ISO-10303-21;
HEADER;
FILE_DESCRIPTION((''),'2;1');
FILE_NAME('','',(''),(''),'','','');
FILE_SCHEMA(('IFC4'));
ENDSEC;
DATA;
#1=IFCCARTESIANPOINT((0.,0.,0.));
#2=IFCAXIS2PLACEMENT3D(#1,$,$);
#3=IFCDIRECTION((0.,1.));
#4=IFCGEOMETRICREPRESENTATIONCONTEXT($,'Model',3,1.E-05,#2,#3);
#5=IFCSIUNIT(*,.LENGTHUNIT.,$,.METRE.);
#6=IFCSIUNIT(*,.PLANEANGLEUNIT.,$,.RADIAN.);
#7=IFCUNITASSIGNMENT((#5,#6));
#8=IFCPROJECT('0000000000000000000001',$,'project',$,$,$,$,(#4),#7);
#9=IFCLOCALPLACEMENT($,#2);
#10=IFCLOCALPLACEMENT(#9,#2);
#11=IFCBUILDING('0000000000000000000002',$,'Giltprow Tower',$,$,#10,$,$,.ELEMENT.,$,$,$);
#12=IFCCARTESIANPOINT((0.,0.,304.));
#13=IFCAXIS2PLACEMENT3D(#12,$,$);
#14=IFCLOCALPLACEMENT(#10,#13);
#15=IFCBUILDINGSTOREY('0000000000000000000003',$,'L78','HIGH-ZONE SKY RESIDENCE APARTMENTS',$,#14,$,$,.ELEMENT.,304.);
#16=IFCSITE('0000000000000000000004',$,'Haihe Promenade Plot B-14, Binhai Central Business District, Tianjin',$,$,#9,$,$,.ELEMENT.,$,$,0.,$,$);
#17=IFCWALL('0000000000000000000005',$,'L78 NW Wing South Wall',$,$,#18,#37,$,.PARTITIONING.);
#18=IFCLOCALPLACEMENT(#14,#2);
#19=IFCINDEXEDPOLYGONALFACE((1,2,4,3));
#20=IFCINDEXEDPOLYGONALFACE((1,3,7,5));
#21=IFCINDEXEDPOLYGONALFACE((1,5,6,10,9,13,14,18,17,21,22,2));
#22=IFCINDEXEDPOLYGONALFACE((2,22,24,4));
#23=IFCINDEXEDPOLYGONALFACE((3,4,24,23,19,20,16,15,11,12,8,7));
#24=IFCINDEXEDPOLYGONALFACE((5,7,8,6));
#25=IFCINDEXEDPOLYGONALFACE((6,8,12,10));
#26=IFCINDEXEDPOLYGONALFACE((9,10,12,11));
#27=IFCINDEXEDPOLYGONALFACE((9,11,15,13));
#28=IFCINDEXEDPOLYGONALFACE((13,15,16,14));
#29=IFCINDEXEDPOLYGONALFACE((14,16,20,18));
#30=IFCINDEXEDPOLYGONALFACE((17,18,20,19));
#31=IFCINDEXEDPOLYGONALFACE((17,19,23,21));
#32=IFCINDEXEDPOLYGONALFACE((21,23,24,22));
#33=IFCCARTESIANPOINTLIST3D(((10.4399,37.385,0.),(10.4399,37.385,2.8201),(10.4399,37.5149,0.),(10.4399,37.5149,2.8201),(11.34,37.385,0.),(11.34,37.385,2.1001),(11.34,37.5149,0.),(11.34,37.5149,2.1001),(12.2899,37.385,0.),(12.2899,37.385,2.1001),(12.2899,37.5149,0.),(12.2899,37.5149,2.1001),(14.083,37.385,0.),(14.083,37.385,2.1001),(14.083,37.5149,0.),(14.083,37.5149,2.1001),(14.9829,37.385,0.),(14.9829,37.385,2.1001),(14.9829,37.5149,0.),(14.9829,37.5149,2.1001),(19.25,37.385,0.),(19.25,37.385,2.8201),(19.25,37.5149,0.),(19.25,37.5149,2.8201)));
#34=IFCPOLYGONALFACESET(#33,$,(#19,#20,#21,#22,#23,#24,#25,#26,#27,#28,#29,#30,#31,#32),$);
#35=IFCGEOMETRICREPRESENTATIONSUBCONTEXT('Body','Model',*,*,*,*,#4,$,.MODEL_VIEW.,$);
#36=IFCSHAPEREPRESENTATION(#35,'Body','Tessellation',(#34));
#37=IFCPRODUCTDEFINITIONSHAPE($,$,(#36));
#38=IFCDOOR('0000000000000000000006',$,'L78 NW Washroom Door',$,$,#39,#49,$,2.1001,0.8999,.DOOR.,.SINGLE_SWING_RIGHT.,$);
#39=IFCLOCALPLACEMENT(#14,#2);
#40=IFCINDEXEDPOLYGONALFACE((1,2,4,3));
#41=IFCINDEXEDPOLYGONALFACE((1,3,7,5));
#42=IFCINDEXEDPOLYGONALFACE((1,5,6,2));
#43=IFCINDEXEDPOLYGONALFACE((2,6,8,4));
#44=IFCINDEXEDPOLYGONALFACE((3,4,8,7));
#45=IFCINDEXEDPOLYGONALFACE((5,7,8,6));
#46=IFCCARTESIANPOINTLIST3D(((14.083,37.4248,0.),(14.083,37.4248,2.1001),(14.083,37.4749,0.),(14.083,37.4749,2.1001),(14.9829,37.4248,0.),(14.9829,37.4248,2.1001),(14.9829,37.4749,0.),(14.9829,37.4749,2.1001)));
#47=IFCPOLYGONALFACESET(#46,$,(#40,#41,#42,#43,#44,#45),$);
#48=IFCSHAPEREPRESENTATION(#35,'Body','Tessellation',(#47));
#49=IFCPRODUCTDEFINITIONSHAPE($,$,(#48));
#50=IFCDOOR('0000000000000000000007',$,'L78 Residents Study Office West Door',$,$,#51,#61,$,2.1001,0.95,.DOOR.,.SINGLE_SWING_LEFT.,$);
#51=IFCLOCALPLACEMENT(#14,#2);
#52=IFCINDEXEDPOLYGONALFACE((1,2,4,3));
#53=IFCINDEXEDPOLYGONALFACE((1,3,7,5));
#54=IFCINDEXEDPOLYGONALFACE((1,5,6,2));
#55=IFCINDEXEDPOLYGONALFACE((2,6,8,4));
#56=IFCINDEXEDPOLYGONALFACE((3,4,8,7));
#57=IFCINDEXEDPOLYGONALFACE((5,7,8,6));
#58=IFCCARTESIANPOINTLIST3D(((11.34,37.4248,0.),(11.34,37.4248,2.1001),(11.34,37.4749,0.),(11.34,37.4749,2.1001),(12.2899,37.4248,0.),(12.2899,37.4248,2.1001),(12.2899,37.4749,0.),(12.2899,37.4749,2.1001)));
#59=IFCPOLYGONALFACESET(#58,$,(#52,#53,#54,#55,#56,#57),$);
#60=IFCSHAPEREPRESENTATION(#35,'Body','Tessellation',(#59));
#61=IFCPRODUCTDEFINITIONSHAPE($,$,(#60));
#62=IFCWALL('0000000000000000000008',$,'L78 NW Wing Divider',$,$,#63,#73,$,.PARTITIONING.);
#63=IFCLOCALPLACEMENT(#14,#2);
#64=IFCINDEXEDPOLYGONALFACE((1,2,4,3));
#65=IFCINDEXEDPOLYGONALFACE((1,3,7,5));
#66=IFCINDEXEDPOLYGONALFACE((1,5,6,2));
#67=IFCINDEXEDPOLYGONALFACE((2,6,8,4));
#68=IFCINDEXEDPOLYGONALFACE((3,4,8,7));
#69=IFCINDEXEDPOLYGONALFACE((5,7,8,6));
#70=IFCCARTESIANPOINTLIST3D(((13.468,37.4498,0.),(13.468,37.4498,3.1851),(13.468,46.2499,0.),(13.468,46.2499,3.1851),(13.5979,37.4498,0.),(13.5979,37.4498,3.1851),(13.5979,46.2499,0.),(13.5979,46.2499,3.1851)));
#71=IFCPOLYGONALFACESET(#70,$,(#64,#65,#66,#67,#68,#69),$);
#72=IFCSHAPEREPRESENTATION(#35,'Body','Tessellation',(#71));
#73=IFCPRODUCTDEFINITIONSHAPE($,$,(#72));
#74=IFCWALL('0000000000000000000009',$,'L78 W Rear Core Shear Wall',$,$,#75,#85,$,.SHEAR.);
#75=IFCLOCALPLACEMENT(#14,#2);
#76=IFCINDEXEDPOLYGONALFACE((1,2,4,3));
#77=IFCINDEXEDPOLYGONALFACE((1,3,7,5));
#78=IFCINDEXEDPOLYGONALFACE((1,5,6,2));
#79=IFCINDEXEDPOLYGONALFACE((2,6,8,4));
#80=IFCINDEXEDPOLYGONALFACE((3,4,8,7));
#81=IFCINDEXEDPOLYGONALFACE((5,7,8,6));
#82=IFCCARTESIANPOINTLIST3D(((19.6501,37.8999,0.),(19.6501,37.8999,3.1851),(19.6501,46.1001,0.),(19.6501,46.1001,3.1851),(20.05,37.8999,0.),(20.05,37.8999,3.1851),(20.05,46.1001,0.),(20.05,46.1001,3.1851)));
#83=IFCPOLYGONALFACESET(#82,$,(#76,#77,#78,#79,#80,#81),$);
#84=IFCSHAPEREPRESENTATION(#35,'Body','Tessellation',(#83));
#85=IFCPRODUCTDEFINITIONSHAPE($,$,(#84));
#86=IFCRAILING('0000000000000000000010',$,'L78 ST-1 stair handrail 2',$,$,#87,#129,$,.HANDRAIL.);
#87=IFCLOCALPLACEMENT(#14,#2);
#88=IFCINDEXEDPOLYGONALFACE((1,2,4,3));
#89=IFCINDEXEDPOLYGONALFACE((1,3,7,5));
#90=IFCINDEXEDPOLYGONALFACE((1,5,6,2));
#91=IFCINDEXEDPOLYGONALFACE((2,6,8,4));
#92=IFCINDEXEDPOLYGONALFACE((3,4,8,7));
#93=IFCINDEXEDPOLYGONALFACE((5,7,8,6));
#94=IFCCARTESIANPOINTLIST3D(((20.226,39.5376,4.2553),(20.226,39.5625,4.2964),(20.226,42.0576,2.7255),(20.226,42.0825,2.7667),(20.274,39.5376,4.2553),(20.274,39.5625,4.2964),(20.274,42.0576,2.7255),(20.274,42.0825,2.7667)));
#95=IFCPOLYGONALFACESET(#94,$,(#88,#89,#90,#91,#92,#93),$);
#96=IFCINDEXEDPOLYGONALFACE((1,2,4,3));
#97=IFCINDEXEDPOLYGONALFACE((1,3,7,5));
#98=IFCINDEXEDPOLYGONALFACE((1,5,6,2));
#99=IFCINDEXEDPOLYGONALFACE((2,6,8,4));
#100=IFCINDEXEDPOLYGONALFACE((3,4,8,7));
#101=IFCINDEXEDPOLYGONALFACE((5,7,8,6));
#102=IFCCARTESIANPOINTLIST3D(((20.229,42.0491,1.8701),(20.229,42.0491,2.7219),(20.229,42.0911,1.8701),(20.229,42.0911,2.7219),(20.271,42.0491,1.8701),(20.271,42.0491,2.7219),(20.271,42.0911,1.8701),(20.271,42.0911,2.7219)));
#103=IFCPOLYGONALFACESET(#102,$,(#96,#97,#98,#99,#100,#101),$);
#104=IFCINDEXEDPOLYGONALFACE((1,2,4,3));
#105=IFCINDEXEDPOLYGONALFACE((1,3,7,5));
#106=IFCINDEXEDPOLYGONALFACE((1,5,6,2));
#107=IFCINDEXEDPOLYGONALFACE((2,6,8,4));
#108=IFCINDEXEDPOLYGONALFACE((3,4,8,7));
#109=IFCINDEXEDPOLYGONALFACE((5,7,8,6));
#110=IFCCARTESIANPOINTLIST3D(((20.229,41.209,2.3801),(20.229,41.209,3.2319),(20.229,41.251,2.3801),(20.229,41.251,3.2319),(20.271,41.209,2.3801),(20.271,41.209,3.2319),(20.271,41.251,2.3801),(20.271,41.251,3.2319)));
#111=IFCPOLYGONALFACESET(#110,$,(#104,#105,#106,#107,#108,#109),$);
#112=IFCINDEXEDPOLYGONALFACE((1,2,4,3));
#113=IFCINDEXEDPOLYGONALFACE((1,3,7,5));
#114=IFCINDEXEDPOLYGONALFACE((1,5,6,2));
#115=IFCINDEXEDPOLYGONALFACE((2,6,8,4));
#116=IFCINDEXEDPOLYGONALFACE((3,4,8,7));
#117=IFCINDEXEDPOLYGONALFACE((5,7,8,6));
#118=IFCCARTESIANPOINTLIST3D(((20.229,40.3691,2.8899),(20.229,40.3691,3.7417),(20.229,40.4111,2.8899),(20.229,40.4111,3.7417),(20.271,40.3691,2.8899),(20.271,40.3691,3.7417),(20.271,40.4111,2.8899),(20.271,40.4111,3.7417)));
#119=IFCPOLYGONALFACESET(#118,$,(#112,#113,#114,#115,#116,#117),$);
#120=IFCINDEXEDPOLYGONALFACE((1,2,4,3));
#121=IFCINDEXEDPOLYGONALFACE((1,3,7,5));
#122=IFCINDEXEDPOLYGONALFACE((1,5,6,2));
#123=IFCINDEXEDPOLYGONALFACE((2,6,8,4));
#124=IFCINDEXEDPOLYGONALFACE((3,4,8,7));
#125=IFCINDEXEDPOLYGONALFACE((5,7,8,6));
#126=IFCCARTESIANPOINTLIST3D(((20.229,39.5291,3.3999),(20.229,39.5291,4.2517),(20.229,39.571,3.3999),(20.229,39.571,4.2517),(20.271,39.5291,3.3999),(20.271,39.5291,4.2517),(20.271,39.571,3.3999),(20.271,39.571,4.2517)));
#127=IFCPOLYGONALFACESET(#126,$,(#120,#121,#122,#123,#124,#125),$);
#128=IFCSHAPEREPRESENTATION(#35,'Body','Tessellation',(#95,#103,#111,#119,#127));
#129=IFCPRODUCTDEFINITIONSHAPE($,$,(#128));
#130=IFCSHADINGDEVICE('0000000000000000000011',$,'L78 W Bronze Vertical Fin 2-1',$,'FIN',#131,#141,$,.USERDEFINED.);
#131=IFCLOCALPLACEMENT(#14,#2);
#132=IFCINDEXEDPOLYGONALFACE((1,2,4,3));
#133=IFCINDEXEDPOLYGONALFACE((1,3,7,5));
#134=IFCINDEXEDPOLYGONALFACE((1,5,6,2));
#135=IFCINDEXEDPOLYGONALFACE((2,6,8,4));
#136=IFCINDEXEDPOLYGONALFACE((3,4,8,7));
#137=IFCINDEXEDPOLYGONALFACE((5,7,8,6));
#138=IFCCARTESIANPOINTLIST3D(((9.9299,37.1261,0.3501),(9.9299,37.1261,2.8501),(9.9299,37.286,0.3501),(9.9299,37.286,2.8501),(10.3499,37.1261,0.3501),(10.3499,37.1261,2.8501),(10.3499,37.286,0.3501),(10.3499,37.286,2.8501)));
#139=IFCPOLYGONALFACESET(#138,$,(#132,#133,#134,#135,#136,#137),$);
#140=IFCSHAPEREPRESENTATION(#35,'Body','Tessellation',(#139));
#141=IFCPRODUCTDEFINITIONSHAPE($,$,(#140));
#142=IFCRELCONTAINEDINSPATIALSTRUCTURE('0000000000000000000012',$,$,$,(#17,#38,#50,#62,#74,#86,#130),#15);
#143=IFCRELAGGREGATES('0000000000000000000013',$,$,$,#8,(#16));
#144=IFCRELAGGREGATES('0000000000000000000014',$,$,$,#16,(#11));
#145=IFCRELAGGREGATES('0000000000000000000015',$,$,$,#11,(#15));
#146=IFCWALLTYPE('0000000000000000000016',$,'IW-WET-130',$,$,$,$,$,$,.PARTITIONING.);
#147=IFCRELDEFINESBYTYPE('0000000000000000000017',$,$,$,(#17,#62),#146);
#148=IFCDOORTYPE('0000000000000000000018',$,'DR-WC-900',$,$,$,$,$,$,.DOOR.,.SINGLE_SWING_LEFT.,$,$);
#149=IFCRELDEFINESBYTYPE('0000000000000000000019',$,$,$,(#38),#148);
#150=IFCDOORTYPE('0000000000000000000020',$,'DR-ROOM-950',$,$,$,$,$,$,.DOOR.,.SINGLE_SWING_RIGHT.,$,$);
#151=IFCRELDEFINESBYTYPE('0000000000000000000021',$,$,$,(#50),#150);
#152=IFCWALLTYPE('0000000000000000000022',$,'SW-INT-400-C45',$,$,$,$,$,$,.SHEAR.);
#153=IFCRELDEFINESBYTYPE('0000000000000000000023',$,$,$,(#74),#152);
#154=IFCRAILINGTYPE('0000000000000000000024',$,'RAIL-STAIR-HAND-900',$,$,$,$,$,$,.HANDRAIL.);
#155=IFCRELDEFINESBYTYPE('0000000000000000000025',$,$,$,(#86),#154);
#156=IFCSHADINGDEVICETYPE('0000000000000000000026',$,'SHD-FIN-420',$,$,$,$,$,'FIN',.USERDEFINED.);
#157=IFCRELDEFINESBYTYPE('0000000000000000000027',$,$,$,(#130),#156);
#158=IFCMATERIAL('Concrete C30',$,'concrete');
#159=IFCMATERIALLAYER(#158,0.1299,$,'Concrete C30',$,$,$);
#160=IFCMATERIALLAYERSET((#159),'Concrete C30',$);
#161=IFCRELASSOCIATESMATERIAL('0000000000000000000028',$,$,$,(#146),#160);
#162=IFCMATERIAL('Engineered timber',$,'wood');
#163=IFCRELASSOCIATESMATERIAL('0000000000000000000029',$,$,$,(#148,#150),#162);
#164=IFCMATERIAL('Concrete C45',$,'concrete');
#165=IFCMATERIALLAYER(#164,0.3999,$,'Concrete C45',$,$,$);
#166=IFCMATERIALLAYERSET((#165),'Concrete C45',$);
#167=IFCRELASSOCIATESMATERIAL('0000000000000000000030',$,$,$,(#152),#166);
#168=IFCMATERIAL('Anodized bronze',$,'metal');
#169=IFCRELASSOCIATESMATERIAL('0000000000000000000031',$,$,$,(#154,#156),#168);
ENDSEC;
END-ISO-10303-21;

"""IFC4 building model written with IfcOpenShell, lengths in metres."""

from ifc_helpers import new_model, si_unit, direction, frame, frame_2d, origin, origin_2d, place, context, subcontext, project, spatial, rectangle, extrude, source, transform, mapped, material, layer, layer_set, type_object, element, fill, save


model = new_model("IFC4")

# Units and contexts
model_context = context("Model", 3, precision=1e-05, world=origin(), true_north=direction((0.0, 1.0)))
body_context = subcontext(model_context, "Body", "Model", "MODEL_VIEW")
ifc_project = project(units=[si_unit("LENGTHUNIT", "METRE"), si_unit("PLANEANGLEUNIT", "RADIAN")], contexts=[model_context])

# Site, building, storey
site_placement = place(None, origin())
site = spatial("IfcSite", under=ifc_project, at=site_placement, Name="Haihe Promenade Plot B-14, Binhai Central Business District, Tianjin", CompositionType="ELEMENT", RefElevation=0.0)
building_placement = place(site_placement, origin())
building = spatial("IfcBuilding", under=site, at=building_placement, Name="Giltprow Tower", CompositionType="ELEMENT")
storey_placement = place(building_placement, frame((0.0, 0.0, 304.0)))
storey = spatial("IfcBuildingStorey", under=building, at=storey_placement, Name="L78", Description="HIGH-ZONE SKY RESIDENCE APARTMENTS", CompositionType="ELEMENT", Elevation=304.0)

# Shared definitions
ifc_material_1 = material(Name="Concrete C45", Category="concrete")

# Shared definitions
ifc_material_2 = material(Name="Engineered timber", Category="wood")

# Wall, openings, doors
ifc_material_3 = material(Name="Concrete C30", Category="concrete")
ifc_layer_1 = layer(ifc_material_3, 0.1299, Name="Concrete C30")
ifc_layer_set_1 = layer_set([ifc_layer_1], Name="Concrete C30")
wall_type_1 = type_object("IfcWallType", Name="IW-WET-130", PredefinedType="PARTITIONING", material=ifc_layer_set_1)
wall_1_placement = place(storey_placement, frame((10.4399, 37.45, 0.0), z_axis=(0.0, 0.0, 1.0), x_axis=(1.0, 0.0, 0.0)))
wall_1 = element("IfcWall", 1, at=wall_1_placement, inside=storey, type_object=wall_type_1, Name="L78 NW Wing South Wall", PredefinedType="PARTITIONING", context=body_context, shape_type="SweptSolid", body=[
    extrude(rectangle(XDim=8.8101, YDim=0.1299, at=frame_2d((4.405, 0.0))), origin(), (0.0, 0.0, 1.0), 2.8201),
])
opening_1_placement = place(wall_1_placement, frame((0.8999, 0.0, 0.0)))
opening_1 = element("IfcOpeningElement", 2, at=opening_1_placement, cuts=wall_1, PredefinedType="OPENING", context=body_context, shape_type="SweptSolid", body=[
    extrude(rectangle(XDim=0.95, YDim=2.1001, at=frame_2d((0.4751, 1.05))), frame((0.0, 0.075, 0.0), z_axis=(0.0, -1.0, 0.0), x_axis=(1.0, 0.0, 0.0)), (0.0, 0.0, 1.0), 0.1499),
])
opening_2_placement = place(wall_1_placement, frame((3.6431, 0.0, 0.0)))
opening_2 = element("IfcOpeningElement", 3, at=opening_2_placement, cuts=wall_1, PredefinedType="OPENING", context=body_context, shape_type="SweptSolid", body=[
    extrude(rectangle(XDim=0.8999, YDim=2.1001, at=frame_2d((0.45, 1.05))), frame((0.0, 0.075, 0.0), z_axis=(0.0, -1.0, 0.0), x_axis=(1.0, 0.0, 0.0)), (0.0, 0.0, 1.0), 0.1499),
])
door_type_1 = type_object("IfcDoorType", Name="DR-WC-900", OperationType="SINGLE_SWING_LEFT", PredefinedType="DOOR", material=ifc_material_2)
shared_shape_1 = source(origin(), body_context, "Body", "SweptSolid", [
    extrude(rectangle(XDim=0.8999, YDim=2.1001, at=frame_2d((0.45, 1.05))), frame((0.0, 0.0249, 0.0), z_axis=(0.0, -1.0, 0.0), x_axis=(1.0, 0.0, 0.0)), (0.0, 0.0, 1.0), 0.05),
])
door_1_placement = place(opening_2_placement, origin())
door_1 = element("IfcDoor", 4, at=door_1_placement, inside=storey, type_object=door_type_1, Name="L78 NW Washroom Door", OperationType="SINGLE_SWING_RIGHT", OverallHeight=2.1001, OverallWidth=0.8999, PredefinedType="DOOR", context=body_context, shape_type="MappedRepresentation", body=[
    mapped(shared_shape_1, transform((0.0, 0.0, 0.0), x_axis=(1.0, 0.0, 0.0), y_axis=(0.0, 1.0, 0.0), z_axis=(0.0, 0.0, 1.0), scale=1.0)),
])
fill(opening_2, door_1)
door_type_2 = type_object("IfcDoorType", Name="DR-ROOM-950", OperationType="SINGLE_SWING_RIGHT", PredefinedType="DOOR", material=ifc_material_2)
shared_shape_2 = source(origin(), body_context, "Body", "SweptSolid", [
    extrude(rectangle(XDim=0.95, YDim=2.1001, at=frame_2d((0.4751, 1.05))), frame((0.0, 0.0249, 0.0), z_axis=(0.0, -1.0, 0.0), x_axis=(1.0, 0.0, 0.0)), (0.0, 0.0, 1.0), 0.05),
])
door_2_placement = place(opening_1_placement, origin())
door_2 = element("IfcDoor", 5, at=door_2_placement, inside=storey, type_object=door_type_2, Name="L78 Residents Study Office West Door", OperationType="SINGLE_SWING_LEFT", OverallHeight=2.1001, OverallWidth=0.95, PredefinedType="DOOR", context=body_context, shape_type="MappedRepresentation", body=[
    mapped(shared_shape_2, transform((0.0, 0.0, 0.0), x_axis=(1.0, 0.0, 0.0), y_axis=(0.0, 1.0, 0.0), z_axis=(0.0, 0.0, 1.0), scale=1.0)),
])
fill(opening_1, door_2)

# Wall
wall_2_placement = place(storey_placement, frame((13.533, 37.45, 0.0), z_axis=(0.0, 0.0, 1.0), x_axis=(0.0, 1.0, 0.0)))
element("IfcWall", 6, at=wall_2_placement, inside=storey, type_object=wall_type_1, Name="L78 NW Wing Divider", PredefinedType="PARTITIONING", context=body_context, shape_type="SweptSolid", body=[
    extrude(rectangle(XDim=8.8, YDim=0.1299, at=frame_2d((4.3999, 0.0))), origin(), (0.0, 0.0, 1.0), 3.1851),
])

# Shared definitions
ifc_layer_2 = layer(ifc_material_1, 0.3999, Name="Concrete C45")
ifc_layer_set_2 = layer_set([ifc_layer_2], Name="Concrete C45")
wall_type_2 = type_object("IfcWallType", Name="SW-INT-400-C45", PredefinedType="SHEAR", material=ifc_layer_set_2)

# Wall
wall_3_placement = place(storey_placement, frame((19.8501, 37.8999, 0.0), z_axis=(0.0, 0.0, 1.0), x_axis=(0.0, 1.0, 0.0)))
element("IfcWall", 7, at=wall_3_placement, inside=storey, type_object=wall_type_2, Name="L78 W Rear Core Shear Wall", PredefinedType="SHEAR", context=body_context, shape_type="SweptSolid", body=[
    extrude(rectangle(XDim=8.2002, YDim=0.3999, at=frame_2d((4.1001, 0.0))), origin(), (0.0, 0.0, 1.0), 3.1851),
])

# Railing
ifc_material_4 = material(Name="Anodized bronze", Category="metal")
railing_type = type_object("IfcRailingType", Name="RAIL-STAIR-HAND-900", PredefinedType="HANDRAIL", material=ifc_material_4)
railing_placement = place(storey_placement, frame((20.25, 42.0701, 1.8701)))
element("IfcRailing", 8, at=railing_placement, inside=storey, type_object=railing_type, Name="L78 ST-1 stair handrail 2", PredefinedType="HANDRAIL", context=body_context, shape_type="SweptSolid", body=[
    extrude(rectangle(XDim=0.0481, YDim=0.0481, at=origin_2d()), frame((0.0, 0.0, 0.876), z_axis=(0.0, -0.854822, 0.518922), x_axis=(1.0, 0.0, 0.0)), (0.0, 0.0, 1.0), 2.948),
    extrude(rectangle(XDim=0.042, YDim=0.042, at=origin_2d()), origin(), (0.0, 0.0, 1.0), 0.8518),
    extrude(rectangle(XDim=0.042, YDim=0.042, at=origin_2d()), frame((0.0, -0.8401, 0.51)), (0.0, 0.0, 1.0), 0.8518),
    extrude(rectangle(XDim=0.042, YDim=0.042, at=origin_2d()), frame((0.0, -1.6799, 1.0198)), (0.0, 0.0, 1.0), 0.8518),
    extrude(rectangle(XDim=0.042, YDim=0.042, at=origin_2d()), frame((0.0, -2.52, 1.5298)), (0.0, 0.0, 1.0), 0.8518),
])

# Shading device
shading_device_type = type_object("IfcShadingDeviceType", Name="SHD-FIN-420", ElementType="FIN", PredefinedType="USERDEFINED", material=ifc_material_4)
shared_shape_3 = source(origin(), body_context, "Body", "SweptSolid", [
    extrude(rectangle(XDim=0.4199, YDim=0.1599, at=origin_2d()), origin(), (0.0, 0.0, 1.0), 2.5),
])
shading_device_placement = place(storey_placement, frame((10.1399, 37.2061, 0.3501), z_axis=(0.0, 0.0, 1.0), x_axis=(1.0, 0.0, 0.0)))
element("IfcShadingDevice", 9, at=shading_device_placement, inside=storey, type_object=shading_device_type, Name="L78 W Bronze Vertical Fin 2-1", ObjectType="FIN", PredefinedType="USERDEFINED", context=body_context, shape_type="MappedRepresentation", body=[
    mapped(shared_shape_3, transform((0.0, 0.0, 0.0), x_axis=(1.0, 0.0, 0.0), y_axis=(0.0, 1.0, 0.0), z_axis=(0.0, 0.0, 1.0), scale=1.0)),
])

save(model, "model.ifc")
